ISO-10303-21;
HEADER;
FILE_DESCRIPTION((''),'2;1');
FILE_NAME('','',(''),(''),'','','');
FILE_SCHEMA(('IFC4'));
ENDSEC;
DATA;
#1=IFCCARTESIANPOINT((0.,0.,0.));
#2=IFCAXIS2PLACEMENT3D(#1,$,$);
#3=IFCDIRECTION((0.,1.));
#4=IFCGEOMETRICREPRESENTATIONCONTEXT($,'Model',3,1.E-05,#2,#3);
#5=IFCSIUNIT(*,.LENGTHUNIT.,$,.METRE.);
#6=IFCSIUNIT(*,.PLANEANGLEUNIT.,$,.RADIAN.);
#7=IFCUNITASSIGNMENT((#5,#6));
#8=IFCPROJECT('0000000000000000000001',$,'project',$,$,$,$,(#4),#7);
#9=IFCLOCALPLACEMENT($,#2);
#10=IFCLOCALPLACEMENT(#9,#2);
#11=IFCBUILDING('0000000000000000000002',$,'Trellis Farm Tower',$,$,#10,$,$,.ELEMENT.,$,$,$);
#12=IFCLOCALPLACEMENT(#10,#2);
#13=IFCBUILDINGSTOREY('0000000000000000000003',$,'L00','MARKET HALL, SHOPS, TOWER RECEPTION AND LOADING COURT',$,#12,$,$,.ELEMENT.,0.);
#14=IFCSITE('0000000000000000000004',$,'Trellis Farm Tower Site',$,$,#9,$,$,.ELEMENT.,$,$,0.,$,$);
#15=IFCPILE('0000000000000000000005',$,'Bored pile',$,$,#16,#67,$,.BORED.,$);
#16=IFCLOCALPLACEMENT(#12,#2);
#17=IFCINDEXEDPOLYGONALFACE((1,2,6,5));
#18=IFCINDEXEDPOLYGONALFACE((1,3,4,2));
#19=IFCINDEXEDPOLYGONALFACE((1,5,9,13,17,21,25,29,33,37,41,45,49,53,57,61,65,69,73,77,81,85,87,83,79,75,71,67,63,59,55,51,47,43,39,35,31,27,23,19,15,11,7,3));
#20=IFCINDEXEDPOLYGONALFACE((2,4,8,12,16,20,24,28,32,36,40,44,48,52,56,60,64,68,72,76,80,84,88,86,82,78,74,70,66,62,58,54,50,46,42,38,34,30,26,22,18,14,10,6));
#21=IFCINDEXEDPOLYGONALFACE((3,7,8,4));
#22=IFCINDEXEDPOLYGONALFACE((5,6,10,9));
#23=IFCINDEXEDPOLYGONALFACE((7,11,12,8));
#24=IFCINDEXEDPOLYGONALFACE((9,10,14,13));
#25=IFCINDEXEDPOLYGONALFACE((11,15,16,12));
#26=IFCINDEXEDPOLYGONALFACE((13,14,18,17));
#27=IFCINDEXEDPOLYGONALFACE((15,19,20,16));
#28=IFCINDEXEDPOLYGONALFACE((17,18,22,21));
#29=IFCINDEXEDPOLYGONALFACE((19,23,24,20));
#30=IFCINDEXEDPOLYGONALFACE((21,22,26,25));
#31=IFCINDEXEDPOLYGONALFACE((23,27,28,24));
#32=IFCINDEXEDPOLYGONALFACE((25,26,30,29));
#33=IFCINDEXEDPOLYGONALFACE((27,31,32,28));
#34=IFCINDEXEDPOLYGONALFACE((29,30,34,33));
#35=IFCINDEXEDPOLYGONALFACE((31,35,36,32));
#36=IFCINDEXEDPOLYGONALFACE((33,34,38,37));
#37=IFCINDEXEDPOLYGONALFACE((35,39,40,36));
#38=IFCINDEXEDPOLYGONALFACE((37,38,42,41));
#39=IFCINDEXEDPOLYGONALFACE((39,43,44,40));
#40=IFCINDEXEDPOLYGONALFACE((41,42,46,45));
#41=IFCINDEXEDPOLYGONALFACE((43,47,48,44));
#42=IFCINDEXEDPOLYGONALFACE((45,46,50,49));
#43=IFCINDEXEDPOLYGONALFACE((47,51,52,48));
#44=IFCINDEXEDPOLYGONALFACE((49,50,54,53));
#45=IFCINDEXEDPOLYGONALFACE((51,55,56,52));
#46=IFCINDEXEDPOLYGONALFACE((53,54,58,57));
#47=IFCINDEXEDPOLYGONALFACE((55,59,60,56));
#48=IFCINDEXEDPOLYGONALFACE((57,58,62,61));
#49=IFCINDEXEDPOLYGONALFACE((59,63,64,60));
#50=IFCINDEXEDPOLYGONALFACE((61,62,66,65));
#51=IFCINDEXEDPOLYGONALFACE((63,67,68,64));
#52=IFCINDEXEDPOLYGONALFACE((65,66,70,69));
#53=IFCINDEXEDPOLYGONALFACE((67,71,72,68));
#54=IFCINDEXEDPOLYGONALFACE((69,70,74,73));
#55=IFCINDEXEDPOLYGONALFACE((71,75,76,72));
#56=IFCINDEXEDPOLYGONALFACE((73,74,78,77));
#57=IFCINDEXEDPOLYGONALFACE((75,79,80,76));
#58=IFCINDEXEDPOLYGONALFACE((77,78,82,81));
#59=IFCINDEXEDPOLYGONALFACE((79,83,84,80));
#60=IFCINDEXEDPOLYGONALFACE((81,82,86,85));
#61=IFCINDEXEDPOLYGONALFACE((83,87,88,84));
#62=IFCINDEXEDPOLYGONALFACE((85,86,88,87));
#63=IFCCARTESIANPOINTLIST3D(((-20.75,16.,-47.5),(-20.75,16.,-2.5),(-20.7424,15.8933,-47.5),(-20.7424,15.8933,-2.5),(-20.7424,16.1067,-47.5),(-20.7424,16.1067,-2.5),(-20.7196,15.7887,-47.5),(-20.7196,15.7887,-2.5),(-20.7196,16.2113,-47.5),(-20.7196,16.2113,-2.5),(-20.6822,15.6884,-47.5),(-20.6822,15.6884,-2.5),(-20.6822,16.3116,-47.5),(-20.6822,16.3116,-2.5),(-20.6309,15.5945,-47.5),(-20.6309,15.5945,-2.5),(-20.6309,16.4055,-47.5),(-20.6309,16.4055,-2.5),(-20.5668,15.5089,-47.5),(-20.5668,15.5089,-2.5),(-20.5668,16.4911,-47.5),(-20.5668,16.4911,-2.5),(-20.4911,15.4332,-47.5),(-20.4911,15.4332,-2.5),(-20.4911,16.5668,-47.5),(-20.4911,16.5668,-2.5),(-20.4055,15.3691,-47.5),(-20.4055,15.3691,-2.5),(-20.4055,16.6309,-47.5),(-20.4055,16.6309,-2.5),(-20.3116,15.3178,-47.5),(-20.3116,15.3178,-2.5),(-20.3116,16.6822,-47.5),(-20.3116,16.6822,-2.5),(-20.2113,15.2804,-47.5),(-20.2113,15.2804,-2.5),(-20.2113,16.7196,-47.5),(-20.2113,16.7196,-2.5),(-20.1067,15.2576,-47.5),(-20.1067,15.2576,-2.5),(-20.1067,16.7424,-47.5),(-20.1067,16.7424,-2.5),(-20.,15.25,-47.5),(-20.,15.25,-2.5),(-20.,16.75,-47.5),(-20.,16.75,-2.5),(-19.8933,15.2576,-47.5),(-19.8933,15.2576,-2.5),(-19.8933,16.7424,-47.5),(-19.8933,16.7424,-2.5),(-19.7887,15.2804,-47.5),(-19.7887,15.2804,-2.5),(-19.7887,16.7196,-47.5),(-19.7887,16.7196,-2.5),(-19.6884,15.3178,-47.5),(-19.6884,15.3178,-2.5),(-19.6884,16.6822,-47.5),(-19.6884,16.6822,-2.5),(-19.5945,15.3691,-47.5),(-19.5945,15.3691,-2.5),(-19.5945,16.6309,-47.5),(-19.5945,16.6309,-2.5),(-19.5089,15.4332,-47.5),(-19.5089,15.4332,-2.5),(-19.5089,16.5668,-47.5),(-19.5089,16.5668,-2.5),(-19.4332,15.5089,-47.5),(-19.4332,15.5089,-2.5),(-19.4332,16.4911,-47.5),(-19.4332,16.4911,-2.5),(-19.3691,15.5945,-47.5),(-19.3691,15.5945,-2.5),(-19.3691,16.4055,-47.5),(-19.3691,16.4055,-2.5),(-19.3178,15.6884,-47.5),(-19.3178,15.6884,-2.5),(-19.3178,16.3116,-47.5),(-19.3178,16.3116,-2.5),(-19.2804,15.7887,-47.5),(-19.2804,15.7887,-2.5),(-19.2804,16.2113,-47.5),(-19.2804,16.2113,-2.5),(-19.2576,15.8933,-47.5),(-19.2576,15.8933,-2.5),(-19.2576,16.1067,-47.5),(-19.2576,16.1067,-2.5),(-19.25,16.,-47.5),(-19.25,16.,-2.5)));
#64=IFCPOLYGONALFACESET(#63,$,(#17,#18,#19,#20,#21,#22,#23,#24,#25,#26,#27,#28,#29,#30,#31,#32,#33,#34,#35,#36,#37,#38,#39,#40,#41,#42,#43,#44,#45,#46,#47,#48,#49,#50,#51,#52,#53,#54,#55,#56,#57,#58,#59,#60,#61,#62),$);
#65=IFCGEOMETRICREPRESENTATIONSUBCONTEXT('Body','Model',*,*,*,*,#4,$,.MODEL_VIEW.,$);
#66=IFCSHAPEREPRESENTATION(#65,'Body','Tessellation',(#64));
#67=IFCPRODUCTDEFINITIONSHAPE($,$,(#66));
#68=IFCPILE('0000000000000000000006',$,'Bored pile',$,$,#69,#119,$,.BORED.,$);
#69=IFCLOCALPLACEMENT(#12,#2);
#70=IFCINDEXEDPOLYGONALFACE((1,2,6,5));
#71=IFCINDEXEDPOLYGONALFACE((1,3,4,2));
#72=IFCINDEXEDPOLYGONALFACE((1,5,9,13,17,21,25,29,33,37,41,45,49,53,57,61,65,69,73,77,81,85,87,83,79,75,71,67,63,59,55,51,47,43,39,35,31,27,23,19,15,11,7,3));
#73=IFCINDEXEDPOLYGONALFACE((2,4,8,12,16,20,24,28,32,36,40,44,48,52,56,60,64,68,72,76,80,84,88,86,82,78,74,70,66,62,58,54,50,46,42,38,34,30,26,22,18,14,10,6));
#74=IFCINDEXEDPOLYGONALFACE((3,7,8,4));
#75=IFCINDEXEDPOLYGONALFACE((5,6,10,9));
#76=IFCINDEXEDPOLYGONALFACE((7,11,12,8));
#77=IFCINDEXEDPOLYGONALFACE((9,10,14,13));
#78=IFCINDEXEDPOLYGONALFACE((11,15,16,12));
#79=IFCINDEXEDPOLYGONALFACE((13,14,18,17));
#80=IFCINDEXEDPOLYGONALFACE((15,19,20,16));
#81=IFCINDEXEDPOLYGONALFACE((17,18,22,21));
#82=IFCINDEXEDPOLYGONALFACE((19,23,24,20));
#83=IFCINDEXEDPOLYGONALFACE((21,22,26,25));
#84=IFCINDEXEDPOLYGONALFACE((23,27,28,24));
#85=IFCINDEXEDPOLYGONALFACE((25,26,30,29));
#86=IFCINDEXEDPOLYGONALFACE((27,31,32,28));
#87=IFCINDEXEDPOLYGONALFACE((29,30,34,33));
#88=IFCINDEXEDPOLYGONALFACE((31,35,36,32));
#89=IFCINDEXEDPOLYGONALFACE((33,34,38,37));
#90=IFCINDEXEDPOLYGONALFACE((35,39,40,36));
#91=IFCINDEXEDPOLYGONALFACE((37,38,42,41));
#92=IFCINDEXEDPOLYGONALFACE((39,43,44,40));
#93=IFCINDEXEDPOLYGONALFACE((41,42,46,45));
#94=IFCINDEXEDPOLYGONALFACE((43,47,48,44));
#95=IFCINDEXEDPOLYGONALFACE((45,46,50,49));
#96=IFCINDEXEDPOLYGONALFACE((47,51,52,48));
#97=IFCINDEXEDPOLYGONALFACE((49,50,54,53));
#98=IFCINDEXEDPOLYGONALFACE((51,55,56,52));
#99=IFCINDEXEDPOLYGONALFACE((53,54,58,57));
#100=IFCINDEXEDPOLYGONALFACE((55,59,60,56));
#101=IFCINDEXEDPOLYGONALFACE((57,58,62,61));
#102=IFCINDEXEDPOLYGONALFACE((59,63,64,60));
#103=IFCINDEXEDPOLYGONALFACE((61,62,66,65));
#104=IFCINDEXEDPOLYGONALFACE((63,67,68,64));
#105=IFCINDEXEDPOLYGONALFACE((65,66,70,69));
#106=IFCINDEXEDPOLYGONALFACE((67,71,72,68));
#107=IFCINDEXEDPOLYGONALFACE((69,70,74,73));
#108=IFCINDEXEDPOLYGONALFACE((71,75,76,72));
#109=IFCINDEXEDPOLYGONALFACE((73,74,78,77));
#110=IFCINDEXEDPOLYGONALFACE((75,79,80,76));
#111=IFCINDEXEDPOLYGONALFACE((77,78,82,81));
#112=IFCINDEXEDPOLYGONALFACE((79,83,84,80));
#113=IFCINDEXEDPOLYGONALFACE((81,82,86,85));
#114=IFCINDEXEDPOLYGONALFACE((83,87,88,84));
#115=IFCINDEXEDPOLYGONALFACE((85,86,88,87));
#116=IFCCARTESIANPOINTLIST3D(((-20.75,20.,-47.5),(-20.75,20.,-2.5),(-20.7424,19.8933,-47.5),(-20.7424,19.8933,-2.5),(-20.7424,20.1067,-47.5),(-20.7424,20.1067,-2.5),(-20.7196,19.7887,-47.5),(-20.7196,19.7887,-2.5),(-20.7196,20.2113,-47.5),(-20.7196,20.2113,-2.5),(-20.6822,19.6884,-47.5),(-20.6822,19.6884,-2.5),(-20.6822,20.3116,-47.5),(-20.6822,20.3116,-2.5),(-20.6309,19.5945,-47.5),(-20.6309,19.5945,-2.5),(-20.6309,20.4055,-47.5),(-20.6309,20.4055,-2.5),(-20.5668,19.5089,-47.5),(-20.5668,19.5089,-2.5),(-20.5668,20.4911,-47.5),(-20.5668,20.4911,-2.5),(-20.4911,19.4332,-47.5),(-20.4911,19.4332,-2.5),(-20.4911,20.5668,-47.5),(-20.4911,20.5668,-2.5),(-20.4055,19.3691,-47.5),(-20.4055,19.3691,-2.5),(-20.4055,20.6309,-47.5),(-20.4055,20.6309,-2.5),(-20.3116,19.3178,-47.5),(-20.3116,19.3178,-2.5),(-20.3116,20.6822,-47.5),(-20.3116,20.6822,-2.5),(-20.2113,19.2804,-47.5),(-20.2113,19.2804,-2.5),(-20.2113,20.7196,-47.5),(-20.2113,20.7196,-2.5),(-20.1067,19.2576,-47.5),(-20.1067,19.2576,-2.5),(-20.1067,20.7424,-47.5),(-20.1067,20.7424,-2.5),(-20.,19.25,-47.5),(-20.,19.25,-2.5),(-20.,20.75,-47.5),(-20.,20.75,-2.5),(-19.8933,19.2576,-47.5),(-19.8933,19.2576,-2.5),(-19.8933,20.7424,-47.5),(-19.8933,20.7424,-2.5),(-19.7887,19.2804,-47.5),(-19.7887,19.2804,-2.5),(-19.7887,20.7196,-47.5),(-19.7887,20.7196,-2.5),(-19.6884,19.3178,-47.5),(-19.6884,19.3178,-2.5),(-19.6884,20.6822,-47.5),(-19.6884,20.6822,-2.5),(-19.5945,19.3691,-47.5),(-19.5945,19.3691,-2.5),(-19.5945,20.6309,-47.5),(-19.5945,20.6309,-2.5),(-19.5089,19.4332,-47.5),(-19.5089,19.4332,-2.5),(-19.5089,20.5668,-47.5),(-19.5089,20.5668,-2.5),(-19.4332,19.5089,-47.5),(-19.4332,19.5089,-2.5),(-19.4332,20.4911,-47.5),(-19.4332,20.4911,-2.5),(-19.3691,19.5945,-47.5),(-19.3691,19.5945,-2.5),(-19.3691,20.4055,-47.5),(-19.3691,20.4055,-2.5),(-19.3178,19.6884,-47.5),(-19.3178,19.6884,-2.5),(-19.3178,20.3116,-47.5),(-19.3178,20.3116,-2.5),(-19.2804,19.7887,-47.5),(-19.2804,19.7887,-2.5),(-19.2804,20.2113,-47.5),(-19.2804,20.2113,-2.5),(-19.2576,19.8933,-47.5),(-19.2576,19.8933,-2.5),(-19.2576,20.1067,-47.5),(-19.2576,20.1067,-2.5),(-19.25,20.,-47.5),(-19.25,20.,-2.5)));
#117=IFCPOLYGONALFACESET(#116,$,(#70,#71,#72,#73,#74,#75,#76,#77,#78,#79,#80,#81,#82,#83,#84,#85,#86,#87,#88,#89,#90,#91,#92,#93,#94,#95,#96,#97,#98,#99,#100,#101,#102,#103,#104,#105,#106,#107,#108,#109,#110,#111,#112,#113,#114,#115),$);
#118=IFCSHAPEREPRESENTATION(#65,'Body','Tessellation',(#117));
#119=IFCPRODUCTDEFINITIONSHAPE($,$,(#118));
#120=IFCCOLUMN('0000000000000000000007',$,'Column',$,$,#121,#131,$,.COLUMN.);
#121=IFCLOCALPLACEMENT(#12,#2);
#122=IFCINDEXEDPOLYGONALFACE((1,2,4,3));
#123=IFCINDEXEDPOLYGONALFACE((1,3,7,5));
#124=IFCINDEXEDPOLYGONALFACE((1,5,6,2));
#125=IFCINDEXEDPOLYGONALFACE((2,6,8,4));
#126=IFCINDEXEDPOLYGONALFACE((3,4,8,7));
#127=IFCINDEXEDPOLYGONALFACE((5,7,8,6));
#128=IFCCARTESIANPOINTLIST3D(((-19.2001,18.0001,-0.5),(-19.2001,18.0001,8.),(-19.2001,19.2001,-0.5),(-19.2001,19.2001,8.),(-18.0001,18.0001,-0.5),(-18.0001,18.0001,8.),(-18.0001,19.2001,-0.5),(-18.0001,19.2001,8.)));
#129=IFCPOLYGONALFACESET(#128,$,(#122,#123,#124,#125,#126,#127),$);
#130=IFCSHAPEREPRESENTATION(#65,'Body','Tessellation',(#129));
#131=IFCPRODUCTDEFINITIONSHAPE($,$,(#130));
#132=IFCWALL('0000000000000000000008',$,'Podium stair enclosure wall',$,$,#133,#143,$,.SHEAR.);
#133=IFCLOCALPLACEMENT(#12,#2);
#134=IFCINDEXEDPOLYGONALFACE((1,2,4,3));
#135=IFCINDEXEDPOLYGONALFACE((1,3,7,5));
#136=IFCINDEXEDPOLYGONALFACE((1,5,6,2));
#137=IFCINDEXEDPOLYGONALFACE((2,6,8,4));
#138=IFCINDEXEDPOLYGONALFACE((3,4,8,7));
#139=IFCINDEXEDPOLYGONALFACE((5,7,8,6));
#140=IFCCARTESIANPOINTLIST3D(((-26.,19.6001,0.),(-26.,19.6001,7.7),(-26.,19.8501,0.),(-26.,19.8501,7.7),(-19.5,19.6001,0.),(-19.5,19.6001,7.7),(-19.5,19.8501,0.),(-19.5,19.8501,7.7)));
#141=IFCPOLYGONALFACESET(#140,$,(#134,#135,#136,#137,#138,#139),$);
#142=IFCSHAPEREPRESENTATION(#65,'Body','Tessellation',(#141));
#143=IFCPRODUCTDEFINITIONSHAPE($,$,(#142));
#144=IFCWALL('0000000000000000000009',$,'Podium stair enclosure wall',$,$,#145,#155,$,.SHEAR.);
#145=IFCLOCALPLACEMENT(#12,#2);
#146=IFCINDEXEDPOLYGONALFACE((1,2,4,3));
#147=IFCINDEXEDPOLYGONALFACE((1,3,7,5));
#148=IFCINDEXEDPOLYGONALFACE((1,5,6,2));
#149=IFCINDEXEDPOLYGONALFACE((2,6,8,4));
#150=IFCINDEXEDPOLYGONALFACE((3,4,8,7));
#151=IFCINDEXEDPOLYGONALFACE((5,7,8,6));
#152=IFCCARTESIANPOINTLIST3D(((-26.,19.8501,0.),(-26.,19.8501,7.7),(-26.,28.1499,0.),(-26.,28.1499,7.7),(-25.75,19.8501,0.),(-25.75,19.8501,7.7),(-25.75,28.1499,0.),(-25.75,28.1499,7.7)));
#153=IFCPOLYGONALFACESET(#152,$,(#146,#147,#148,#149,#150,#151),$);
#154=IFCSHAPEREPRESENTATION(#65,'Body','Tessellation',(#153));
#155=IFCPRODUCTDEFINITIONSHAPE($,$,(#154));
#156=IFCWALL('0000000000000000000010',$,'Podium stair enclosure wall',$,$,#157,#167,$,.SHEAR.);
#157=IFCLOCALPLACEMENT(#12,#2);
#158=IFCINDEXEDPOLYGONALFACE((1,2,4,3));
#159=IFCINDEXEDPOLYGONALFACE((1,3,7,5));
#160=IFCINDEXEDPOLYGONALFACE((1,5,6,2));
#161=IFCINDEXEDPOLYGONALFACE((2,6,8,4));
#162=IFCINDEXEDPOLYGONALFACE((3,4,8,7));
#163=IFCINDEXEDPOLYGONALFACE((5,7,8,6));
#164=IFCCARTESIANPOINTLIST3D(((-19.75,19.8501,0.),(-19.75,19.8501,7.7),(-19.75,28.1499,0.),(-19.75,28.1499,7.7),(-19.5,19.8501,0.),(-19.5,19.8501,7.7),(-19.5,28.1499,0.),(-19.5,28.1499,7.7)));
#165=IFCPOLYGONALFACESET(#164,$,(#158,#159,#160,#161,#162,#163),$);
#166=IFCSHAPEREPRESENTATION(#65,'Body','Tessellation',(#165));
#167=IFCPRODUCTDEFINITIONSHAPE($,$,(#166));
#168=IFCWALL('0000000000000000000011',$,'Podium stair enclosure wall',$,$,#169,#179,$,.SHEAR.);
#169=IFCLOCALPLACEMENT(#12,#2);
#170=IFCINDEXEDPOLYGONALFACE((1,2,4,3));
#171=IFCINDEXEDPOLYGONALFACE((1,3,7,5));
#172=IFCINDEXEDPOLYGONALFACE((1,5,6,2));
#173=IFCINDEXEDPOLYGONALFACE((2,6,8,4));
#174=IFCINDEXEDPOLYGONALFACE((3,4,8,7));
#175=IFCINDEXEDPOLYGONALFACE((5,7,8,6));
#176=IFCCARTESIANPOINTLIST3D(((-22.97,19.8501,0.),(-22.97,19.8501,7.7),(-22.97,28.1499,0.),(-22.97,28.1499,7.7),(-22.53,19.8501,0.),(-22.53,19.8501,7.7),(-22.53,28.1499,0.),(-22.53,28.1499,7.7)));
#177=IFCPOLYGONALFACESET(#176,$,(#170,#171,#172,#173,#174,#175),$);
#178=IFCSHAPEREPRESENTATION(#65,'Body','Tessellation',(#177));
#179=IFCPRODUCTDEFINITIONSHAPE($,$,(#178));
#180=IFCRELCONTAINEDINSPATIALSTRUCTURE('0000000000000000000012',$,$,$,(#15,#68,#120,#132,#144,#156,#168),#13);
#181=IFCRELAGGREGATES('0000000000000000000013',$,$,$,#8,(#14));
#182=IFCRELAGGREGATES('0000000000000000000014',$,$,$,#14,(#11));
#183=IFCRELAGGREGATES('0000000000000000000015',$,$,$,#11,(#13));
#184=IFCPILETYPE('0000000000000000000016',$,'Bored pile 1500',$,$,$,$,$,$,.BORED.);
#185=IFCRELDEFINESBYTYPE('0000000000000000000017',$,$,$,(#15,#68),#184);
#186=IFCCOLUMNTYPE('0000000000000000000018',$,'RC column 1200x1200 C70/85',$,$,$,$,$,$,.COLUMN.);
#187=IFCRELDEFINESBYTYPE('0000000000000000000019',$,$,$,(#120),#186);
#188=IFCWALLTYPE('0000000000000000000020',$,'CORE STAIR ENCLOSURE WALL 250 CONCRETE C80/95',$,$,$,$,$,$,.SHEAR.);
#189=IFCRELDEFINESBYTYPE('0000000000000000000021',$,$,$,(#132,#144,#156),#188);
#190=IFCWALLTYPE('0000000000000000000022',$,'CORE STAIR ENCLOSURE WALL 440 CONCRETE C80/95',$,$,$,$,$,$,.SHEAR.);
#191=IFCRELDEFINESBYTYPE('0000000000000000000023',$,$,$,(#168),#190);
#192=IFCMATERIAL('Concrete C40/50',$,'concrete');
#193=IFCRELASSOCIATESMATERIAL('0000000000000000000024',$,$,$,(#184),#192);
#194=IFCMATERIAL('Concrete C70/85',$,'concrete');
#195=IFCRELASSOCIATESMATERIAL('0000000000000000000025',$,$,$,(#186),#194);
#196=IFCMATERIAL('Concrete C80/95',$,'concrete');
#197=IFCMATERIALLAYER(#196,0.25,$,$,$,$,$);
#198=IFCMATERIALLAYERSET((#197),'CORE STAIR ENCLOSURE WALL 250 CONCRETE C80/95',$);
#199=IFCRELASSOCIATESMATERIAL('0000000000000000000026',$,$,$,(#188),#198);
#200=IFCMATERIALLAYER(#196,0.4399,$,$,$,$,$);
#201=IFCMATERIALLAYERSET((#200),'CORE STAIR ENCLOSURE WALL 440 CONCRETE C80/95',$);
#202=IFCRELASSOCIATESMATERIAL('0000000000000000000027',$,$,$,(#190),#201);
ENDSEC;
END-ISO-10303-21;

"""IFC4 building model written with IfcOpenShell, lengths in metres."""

from ifc_helpers import new_model, si_unit, direction, frame, frame_2d, origin, origin_2d, place, context, subcontext, project, spatial, rectangle, circle, extrude, source, transform, mapped, material, layer, layer_set, material_profile, profile_set, type_object, element, save


model = new_model("IFC4")

# Units and contexts
model_context = context("Model", 3, precision=1e-05, world=origin(), true_north=direction((0.0, 1.0)))
body_context = subcontext(model_context, "Body", "Model", "MODEL_VIEW")
ifc_project = project(units=[si_unit("LENGTHUNIT", "METRE"), si_unit("PLANEANGLEUNIT", "RADIAN")], contexts=[model_context])

# Site, building, storey
site_placement = place(None, origin())
site = spatial("IfcSite", under=ifc_project, at=site_placement, Name="Trellis Farm Tower Site", CompositionType="ELEMENT", RefElevation=0.0)
building_placement = place(site_placement, origin())
building = spatial("IfcBuilding", under=site, at=building_placement, Name="Trellis Farm Tower", CompositionType="ELEMENT")
storey_placement = place(building_placement, origin())
storey = spatial("IfcBuildingStorey", under=building, at=storey_placement, Name="L00", Description="MARKET HALL, SHOPS, TOWER RECEPTION AND LOADING COURT", CompositionType="ELEMENT", Elevation=0.0)

# Piles
ifc_material_1 = material(Name="Concrete C40/50", Category="concrete")
ifc_material_profile_1 = material_profile(ifc_material_1, circle(Radius=0.75, at=origin_2d()), Name="Bored pile 1500")
ifc_profile_set_1 = profile_set([ifc_material_profile_1], Name="Concrete C40/50")
pile_type = type_object("IfcPileType", Name="Bored pile 1500", PredefinedType="BORED", material=ifc_profile_set_1)
shared_shape_1 = source(origin(), body_context, "Body", "SweptSolid", [
    extrude(circle(Radius=0.75, at=origin_2d()), origin(), (0.0, 0.0, 1.0), 45.0),
])
for number, where, z_axis, x_axis, name in (
    (1, (-20.0, 16.0, -2.5), (0.0, 0.0, -1.0), (1.0, 0.0, 0.0), "Bored pile"),
    (2, (-20.0, 20.0, -2.5), (0.0, 0.0, -1.0), (1.0, 0.0, 0.0), "Bored pile"),
):
    element("IfcPile", number, at=place(storey_placement, frame(where, z_axis=z_axis, x_axis=x_axis)), inside=storey, type_object=pile_type, Name=name, PredefinedType="BORED", context=body_context, shape_type="MappedRepresentation", body=[
        mapped(shared_shape_1, transform((0.0, 0.0, 0.0))),
    ])

# Column
ifc_material_2 = material(Name="Concrete C70/85", Category="concrete")
ifc_material_profile_2 = material_profile(ifc_material_2, rectangle(XDim=1.2, YDim=1.2, at=origin_2d()), Name="RC column 1200x1200 C70/85")
ifc_profile_set_2 = profile_set([ifc_material_profile_2], Name="Concrete C70/85")
column_type = type_object("IfcColumnType", Name="RC column 1200x1200 C70/85", PredefinedType="COLUMN", material=ifc_profile_set_2)
shared_shape_2 = source(origin(), body_context, "Body", "SweptSolid", [
    extrude(rectangle(XDim=1.2, YDim=1.2, at=origin_2d()), origin(), (0.0, 0.0, 1.0), 8.5),
])
column_placement = place(storey_placement, frame((-18.6001, 18.6001, -0.5), z_axis=(0.0, 0.0, 1.0), x_axis=(1.0, 0.0, 0.0)))
element("IfcColumn", 3, at=column_placement, inside=storey, type_object=column_type, Name="Column", PredefinedType="COLUMN", context=body_context, shape_type="MappedRepresentation", body=[
    mapped(shared_shape_2, transform((0.0, 0.0, 0.0))),
])

# Walls
ifc_material_3 = material(Name="Concrete C80/95", Category="concrete")
ifc_layer_1 = layer(ifc_material_3, 0.25)
ifc_layer_set_1 = layer_set([ifc_layer_1], Name="CORE STAIR ENCLOSURE WALL 250 CONCRETE C80/95")
wall_type_1 = type_object("IfcWallType", Name="CORE STAIR ENCLOSURE WALL 250 CONCRETE C80/95", PredefinedType="SHEAR", material=ifc_layer_set_1)
shared_shape_3 = source(origin(), body_context, "Body", "SweptSolid", [
    extrude(rectangle(XDim=6.5, YDim=0.25, at=frame_2d((3.25, 0.0))), origin(), (0.0, 0.0, 1.0), 7.7),
])
wall_1_placement = place(storey_placement, frame((-26.0, 19.7251, 0.0), z_axis=(0.0, 0.0, 1.0), x_axis=(1.0, 0.0, 0.0)))
element("IfcWall", 4, at=wall_1_placement, inside=storey, type_object=wall_type_1, Name="Podium stair enclosure wall", PredefinedType="SHEAR", context=body_context, shape_type="MappedRepresentation", body=[
    mapped(shared_shape_3, transform((0.0, 0.0, 0.0))),
])
shared_shape_4 = source(origin(), body_context, "Body", "SweptSolid", [
    extrude(rectangle(XDim=8.2998, YDim=0.25, at=frame_2d((4.1499, 0.0))), origin(), (0.0, 0.0, 1.0), 7.7),
])
for number, where, z_axis, x_axis, name in (
    (5, (-25.875, 19.8501, 0.0), (0.0, 0.0, 1.0), (0.0, 1.0, 0.0), "Podium stair enclosure wall"),
    (6, (-19.625, 19.8501, 0.0), (0.0, 0.0, 1.0), (0.0, 1.0, 0.0), "Podium stair enclosure wall"),
):
    element("IfcWall", number, at=place(storey_placement, frame(where, z_axis=z_axis, x_axis=x_axis)), inside=storey, type_object=wall_type_1, Name=name, PredefinedType="SHEAR", context=body_context, shape_type="MappedRepresentation", body=[
        mapped(shared_shape_4, transform((0.0, 0.0, 0.0))),
    ])
ifc_layer_2 = layer(ifc_material_3, 0.4399)
ifc_layer_set_2 = layer_set([ifc_layer_2], Name="CORE STAIR ENCLOSURE WALL 440 CONCRETE C80/95")
wall_type_2 = type_object("IfcWallType", Name="CORE STAIR ENCLOSURE WALL 440 CONCRETE C80/95", PredefinedType="SHEAR", material=ifc_layer_set_2)
shared_shape_5 = source(origin(), body_context, "Body", "SweptSolid", [
    extrude(rectangle(XDim=8.2998, YDim=0.4399, at=frame_2d((4.1499, 0.0))), origin(), (0.0, 0.0, 1.0), 7.7),
])
wall_2_placement = place(storey_placement, frame((-22.75, 19.8501, 0.0), z_axis=(0.0, 0.0, 1.0), x_axis=(0.0, 1.0, 0.0)))
element("IfcWall", 7, at=wall_2_placement, inside=storey, type_object=wall_type_2, Name="Podium stair enclosure wall", PredefinedType="SHEAR", context=body_context, shape_type="MappedRepresentation", body=[
    mapped(shared_shape_5, transform((0.0, 0.0, 0.0))),
])

save(model, "model.ifc")
